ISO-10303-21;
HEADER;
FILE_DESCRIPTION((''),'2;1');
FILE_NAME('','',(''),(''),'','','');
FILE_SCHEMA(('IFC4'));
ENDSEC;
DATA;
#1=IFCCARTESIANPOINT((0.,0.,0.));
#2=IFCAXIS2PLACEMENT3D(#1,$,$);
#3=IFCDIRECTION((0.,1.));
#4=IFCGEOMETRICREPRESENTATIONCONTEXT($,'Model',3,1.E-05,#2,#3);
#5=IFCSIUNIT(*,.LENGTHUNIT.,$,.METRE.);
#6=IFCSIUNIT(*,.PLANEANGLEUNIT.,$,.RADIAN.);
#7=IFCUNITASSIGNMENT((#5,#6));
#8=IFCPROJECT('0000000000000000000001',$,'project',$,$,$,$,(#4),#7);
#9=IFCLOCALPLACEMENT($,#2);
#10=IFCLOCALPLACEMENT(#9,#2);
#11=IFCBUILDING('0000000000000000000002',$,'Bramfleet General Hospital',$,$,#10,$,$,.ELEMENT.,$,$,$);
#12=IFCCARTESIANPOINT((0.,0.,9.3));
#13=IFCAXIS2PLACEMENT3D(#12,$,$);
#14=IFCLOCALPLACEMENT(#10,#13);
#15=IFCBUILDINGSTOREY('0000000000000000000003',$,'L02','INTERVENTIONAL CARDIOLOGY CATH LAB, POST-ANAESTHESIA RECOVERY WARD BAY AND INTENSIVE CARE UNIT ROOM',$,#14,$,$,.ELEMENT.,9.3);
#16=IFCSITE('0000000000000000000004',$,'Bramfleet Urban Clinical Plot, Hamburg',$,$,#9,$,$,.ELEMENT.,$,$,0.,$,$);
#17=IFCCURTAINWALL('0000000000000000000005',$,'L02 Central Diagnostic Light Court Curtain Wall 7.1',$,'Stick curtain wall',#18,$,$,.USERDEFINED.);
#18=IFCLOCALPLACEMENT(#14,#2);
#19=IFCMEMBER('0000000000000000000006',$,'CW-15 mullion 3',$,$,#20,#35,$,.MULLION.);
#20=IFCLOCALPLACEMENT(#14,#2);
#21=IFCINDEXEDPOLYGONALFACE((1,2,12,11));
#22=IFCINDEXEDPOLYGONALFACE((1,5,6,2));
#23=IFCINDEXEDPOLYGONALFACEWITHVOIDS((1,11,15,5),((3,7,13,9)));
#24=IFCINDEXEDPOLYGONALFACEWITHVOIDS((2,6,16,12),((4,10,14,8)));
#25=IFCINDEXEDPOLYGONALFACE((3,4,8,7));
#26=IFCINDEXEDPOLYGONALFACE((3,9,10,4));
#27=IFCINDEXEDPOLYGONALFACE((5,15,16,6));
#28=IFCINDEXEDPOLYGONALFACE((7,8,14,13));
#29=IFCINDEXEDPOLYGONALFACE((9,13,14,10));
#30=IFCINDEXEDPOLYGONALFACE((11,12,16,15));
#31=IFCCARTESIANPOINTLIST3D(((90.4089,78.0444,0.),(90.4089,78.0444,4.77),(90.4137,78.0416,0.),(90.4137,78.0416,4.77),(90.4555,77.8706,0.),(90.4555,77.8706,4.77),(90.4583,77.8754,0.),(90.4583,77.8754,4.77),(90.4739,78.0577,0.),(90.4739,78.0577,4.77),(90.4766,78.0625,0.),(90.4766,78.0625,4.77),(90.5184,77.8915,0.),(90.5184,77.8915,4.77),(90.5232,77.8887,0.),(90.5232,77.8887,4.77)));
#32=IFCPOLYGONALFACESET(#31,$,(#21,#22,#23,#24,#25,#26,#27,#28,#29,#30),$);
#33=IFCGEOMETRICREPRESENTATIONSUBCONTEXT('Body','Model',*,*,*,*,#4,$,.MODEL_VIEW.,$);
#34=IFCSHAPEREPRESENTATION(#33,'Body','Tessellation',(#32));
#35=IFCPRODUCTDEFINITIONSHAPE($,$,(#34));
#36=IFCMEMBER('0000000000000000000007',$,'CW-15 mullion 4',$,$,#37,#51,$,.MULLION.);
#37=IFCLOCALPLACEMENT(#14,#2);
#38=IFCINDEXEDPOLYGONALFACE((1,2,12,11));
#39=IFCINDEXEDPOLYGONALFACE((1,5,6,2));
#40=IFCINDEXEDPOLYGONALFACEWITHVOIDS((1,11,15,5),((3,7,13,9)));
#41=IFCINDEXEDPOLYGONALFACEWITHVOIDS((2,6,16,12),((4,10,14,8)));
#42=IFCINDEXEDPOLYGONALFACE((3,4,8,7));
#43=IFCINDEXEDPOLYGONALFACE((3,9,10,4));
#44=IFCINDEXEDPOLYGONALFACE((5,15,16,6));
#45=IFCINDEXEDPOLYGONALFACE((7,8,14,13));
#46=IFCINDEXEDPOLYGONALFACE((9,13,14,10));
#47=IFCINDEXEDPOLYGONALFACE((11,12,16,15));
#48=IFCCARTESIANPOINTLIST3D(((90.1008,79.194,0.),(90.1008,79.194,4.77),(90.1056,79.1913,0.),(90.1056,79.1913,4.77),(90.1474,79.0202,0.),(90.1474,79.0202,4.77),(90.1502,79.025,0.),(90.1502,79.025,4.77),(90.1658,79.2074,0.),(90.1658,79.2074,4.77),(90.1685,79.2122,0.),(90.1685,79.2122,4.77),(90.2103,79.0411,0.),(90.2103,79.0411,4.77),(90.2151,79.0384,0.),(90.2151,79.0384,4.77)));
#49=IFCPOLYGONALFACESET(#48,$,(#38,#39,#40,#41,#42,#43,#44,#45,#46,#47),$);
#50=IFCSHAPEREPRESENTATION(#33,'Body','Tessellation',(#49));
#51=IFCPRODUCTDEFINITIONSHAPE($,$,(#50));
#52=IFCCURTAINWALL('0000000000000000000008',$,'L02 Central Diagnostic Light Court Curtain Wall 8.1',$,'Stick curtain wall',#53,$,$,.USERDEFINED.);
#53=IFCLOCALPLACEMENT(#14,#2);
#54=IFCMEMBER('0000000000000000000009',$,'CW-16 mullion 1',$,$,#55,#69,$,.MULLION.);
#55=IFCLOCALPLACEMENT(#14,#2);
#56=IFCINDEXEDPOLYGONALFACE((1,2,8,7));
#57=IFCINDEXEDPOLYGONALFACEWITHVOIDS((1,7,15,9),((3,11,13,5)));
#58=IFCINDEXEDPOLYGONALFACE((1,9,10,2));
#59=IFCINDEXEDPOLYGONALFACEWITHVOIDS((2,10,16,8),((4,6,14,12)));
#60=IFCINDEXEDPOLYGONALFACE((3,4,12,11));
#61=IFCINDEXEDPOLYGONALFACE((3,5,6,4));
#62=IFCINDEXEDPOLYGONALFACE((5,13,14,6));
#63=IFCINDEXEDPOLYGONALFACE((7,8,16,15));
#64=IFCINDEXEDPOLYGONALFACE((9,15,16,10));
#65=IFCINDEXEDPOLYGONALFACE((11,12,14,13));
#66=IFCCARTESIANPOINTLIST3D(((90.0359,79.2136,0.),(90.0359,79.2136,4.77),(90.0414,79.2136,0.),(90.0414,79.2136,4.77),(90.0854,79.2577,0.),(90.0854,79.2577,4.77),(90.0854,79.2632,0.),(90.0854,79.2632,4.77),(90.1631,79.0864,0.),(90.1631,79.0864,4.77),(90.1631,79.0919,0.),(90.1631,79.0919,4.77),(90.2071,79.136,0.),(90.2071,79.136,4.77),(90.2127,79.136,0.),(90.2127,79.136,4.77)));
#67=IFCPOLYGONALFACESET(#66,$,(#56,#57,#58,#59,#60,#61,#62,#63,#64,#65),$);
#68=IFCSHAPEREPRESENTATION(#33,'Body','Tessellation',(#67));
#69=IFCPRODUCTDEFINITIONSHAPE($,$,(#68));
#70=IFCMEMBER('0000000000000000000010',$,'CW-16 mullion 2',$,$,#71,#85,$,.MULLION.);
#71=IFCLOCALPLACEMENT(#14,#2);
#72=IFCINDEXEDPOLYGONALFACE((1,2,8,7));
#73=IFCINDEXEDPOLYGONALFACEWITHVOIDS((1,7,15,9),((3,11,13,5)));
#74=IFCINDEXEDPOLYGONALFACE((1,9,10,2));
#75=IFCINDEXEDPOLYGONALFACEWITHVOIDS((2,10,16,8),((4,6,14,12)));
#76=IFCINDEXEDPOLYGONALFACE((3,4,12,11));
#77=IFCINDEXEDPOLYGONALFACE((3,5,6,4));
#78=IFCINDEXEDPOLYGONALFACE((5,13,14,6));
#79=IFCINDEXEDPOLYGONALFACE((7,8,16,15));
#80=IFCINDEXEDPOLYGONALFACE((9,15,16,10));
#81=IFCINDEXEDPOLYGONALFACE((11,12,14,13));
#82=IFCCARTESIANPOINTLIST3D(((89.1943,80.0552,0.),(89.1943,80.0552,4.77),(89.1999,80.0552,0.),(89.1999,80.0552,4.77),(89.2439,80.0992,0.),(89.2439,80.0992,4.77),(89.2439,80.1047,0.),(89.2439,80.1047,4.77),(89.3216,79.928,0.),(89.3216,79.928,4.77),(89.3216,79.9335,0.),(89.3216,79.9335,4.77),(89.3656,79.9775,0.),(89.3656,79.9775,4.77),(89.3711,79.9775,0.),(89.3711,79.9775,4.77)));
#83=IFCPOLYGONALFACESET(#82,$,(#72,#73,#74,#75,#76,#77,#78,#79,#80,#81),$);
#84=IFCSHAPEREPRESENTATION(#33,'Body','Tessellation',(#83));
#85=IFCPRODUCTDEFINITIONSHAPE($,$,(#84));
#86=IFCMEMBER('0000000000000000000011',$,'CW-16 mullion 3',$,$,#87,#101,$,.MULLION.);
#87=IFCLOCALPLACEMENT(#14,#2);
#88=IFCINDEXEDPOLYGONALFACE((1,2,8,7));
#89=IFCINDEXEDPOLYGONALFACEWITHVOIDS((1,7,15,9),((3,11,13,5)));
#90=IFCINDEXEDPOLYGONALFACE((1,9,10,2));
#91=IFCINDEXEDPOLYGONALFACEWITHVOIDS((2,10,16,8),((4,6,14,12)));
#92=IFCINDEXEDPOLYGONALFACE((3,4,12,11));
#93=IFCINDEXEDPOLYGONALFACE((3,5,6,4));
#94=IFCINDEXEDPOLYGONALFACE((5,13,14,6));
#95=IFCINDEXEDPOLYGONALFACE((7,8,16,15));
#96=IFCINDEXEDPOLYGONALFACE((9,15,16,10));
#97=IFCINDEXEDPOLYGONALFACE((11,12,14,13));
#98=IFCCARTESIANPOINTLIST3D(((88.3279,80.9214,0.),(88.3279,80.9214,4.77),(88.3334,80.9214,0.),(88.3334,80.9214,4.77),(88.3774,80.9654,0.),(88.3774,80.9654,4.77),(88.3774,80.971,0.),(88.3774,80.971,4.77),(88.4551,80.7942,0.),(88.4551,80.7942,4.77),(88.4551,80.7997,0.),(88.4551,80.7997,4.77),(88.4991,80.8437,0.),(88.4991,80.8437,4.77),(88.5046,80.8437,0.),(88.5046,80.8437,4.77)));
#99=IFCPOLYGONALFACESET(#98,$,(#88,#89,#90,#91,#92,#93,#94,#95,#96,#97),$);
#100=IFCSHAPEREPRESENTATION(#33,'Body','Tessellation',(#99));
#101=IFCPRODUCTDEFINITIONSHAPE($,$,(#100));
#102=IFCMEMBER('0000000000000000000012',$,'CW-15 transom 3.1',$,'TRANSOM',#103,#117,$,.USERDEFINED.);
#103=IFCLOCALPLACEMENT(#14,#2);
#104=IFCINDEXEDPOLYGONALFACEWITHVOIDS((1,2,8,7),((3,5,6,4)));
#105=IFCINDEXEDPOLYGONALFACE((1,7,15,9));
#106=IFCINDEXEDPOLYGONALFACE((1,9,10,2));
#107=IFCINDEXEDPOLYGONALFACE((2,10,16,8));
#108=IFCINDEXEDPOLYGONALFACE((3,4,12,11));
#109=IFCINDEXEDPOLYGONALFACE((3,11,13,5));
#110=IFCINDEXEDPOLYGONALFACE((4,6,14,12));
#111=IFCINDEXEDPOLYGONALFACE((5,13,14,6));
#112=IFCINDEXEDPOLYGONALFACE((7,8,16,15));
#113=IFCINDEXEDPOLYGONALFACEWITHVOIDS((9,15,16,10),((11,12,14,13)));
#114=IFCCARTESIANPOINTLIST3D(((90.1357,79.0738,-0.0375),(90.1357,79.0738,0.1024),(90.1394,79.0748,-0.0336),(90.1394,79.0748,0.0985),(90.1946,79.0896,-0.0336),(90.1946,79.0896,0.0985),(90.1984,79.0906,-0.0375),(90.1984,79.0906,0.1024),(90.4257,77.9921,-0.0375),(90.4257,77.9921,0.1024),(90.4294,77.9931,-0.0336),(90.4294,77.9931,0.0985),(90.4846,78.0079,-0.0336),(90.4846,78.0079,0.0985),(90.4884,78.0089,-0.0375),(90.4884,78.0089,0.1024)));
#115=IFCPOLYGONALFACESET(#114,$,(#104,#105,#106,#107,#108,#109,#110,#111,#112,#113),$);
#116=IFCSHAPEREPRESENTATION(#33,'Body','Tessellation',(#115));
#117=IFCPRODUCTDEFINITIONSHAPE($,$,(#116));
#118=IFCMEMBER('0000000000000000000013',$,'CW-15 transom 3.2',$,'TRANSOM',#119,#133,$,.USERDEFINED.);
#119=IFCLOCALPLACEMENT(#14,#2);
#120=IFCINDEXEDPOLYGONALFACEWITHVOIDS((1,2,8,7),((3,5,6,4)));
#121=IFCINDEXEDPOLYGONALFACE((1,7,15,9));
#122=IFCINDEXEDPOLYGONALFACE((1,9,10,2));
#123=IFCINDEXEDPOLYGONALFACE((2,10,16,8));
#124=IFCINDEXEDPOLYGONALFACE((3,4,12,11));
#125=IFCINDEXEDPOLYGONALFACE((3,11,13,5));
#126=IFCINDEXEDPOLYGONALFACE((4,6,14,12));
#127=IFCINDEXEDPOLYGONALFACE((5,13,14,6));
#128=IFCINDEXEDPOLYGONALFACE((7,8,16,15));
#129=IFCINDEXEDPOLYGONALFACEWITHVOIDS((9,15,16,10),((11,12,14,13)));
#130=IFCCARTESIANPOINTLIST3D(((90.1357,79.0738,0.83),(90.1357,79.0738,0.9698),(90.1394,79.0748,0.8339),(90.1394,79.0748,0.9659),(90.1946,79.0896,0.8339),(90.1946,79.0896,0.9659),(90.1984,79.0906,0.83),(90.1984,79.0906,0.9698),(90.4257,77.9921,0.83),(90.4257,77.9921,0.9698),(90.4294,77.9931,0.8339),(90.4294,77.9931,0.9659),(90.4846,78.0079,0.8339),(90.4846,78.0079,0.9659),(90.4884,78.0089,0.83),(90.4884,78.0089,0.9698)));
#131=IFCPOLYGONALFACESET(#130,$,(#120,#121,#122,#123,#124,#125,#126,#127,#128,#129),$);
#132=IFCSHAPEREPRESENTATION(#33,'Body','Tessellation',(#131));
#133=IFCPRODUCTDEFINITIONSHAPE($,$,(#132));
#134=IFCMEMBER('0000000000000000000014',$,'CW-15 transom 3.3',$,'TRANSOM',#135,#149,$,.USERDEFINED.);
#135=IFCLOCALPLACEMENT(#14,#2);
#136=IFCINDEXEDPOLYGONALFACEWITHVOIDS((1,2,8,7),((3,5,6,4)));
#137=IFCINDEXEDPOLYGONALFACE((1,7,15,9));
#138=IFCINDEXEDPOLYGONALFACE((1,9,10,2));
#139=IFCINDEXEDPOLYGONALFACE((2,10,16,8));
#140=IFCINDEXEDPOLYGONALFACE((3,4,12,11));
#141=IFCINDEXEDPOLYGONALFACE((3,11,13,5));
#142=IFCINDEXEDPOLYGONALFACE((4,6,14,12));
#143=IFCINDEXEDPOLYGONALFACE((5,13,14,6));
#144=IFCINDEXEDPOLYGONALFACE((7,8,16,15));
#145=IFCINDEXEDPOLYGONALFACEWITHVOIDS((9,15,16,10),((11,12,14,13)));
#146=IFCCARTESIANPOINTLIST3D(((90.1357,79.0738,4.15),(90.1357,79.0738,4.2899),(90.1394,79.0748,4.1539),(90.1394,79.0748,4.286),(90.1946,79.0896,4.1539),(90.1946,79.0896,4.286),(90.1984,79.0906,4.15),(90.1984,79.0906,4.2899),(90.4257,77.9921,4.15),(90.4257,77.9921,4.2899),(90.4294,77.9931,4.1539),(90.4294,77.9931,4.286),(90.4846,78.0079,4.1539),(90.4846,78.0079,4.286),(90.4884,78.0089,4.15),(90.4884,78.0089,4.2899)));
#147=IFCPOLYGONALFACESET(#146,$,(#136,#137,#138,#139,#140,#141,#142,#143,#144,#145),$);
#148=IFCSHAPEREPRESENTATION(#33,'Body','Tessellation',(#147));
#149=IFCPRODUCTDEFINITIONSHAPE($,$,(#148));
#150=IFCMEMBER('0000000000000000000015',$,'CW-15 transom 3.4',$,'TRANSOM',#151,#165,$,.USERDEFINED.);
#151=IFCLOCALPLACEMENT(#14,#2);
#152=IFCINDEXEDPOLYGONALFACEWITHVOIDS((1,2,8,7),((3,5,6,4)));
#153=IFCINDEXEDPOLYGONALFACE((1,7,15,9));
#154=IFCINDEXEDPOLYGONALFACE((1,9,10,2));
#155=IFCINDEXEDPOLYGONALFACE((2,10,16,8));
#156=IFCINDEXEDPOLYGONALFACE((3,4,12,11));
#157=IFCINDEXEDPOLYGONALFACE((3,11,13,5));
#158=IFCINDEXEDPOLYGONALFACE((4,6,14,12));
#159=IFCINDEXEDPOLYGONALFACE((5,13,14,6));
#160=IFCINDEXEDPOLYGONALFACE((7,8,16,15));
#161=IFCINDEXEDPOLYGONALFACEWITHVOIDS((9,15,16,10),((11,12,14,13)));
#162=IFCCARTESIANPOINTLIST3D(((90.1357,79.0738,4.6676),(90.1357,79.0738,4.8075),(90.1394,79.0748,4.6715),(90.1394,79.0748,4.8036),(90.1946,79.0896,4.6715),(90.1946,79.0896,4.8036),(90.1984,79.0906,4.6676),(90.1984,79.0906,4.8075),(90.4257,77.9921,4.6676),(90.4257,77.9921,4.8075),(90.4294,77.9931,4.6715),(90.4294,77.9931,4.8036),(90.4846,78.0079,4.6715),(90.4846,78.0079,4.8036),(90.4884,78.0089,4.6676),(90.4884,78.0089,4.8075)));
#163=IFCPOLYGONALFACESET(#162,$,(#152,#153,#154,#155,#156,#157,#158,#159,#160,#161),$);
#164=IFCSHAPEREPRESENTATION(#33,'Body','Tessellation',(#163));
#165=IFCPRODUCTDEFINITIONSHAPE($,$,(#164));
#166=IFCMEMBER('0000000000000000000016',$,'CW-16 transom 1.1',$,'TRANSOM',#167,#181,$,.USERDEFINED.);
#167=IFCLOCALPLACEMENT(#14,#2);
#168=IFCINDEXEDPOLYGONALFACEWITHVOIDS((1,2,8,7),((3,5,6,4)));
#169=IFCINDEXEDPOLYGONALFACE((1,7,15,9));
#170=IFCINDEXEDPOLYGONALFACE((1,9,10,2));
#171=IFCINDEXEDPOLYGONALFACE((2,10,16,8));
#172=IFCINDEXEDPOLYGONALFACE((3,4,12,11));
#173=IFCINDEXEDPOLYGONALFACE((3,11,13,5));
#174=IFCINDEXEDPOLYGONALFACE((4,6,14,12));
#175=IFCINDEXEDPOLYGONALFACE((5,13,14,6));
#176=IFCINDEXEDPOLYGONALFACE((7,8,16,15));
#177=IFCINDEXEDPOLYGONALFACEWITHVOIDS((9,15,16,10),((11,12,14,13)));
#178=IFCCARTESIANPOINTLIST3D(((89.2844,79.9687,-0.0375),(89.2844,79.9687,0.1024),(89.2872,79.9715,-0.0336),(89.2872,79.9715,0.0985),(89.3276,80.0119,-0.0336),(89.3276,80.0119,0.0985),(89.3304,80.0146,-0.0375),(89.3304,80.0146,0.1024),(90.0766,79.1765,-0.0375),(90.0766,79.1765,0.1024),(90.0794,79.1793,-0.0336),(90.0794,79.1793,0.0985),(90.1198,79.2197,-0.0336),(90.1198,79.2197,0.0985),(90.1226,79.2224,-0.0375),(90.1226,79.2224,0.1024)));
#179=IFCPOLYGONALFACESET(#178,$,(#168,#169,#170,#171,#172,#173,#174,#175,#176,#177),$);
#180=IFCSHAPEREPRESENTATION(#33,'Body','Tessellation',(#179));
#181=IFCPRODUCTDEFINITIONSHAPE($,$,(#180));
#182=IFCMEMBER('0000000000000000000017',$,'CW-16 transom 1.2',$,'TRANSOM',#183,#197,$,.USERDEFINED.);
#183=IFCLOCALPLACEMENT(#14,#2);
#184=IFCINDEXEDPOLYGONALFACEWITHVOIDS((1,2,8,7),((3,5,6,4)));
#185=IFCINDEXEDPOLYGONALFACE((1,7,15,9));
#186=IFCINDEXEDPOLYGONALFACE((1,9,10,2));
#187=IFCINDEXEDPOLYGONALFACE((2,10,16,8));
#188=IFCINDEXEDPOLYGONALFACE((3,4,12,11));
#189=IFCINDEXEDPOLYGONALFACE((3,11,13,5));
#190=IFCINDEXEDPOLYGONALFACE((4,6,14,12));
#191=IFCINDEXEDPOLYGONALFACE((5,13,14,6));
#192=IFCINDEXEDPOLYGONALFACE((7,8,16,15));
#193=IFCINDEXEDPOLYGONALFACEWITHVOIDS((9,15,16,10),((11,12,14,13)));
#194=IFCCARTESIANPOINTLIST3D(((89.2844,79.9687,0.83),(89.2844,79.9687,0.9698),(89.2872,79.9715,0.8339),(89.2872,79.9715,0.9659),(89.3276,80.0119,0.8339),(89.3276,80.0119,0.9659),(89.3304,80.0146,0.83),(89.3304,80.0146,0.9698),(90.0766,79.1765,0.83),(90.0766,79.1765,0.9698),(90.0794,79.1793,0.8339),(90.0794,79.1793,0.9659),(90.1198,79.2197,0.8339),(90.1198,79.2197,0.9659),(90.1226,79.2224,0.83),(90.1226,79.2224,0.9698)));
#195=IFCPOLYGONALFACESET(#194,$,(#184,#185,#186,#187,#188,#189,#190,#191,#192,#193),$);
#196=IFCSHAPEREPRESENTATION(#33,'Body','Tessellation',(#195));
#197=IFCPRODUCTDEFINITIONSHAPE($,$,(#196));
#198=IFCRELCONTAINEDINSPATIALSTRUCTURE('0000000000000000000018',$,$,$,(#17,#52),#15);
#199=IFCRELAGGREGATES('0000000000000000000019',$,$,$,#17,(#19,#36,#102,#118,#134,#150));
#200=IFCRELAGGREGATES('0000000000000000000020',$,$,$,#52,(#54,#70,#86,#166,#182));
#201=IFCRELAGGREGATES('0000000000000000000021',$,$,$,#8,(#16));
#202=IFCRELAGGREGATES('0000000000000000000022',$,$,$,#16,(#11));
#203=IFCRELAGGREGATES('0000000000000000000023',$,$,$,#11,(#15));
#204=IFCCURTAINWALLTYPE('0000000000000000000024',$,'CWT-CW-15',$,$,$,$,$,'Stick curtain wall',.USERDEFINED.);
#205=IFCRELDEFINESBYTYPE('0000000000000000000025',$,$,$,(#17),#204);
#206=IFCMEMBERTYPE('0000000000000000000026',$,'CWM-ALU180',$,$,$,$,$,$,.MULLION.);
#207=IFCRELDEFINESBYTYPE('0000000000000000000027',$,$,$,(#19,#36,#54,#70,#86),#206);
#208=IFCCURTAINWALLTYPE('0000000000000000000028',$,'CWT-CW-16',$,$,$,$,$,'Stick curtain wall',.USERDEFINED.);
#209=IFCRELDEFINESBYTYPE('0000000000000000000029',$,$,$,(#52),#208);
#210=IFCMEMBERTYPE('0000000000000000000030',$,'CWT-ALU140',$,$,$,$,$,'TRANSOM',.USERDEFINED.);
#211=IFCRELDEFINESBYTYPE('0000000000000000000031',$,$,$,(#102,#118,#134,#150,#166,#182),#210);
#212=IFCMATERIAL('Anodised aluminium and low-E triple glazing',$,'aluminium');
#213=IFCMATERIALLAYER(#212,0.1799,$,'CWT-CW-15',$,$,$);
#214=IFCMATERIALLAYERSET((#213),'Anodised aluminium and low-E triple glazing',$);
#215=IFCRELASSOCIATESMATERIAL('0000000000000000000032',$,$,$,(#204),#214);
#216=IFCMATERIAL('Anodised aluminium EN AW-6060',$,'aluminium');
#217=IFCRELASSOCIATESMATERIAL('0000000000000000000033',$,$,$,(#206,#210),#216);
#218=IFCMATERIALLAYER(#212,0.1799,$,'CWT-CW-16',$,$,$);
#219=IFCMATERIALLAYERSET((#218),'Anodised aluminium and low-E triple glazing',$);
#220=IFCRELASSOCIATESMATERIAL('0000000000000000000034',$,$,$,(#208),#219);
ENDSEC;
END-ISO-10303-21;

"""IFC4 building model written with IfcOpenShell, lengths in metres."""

from ifc_helpers import new_model, si_unit, direction, frame, origin, origin_2d, place, context, subcontext, project, spatial, hollow_rectangle, extrude, material, layer, layer_set, material_profile, profile_set, type_object, element, aggregate, save


model = new_model("IFC4")

# Units and contexts
model_context = context("Model", 3, precision=1e-05, world=origin(), true_north=direction((0.0, 1.0)))
body_context = subcontext(model_context, "Body", "Model", "MODEL_VIEW")
ifc_project = project(units=[si_unit("LENGTHUNIT", "METRE"), si_unit("PLANEANGLEUNIT", "RADIAN")], contexts=[model_context])

# Site, building, storey
site_placement = place(None, origin())
site = spatial("IfcSite", under=ifc_project, at=site_placement, Name="Bramfleet Urban Clinical Plot, Hamburg", CompositionType="ELEMENT", RefElevation=0.0)
building_placement = place(site_placement, origin())
building = spatial("IfcBuilding", under=site, at=building_placement, Name="Bramfleet General Hospital", CompositionType="ELEMENT")
storey_placement = place(building_placement, frame((0.0, 0.0, 9.3)))
storey = spatial("IfcBuildingStorey", under=building, at=storey_placement, Name="L02", Description="INTERVENTIONAL CARDIOLOGY CATH LAB, POST-ANAESTHESIA RECOVERY WARD BAY AND INTENSIVE CARE UNIT ROOM", CompositionType="ELEMENT", Elevation=9.3)

# Curtain walls, members
ifc_material_1 = material(Name="Anodised aluminium and low-E triple glazing", Category="aluminium")
ifc_layer_1 = layer(ifc_material_1, 0.1799, Name="CWT-CW-15")
ifc_layer_set_1 = layer_set([ifc_layer_1], Name="Anodised aluminium and low-E triple glazing")
curtain_wall_type_1 = type_object("IfcCurtainWallType", Name="CWT-CW-15", ElementType="Stick curtain wall", PredefinedType="USERDEFINED", material=ifc_layer_set_1)
curtain_wall_1_placement = place(storey_placement, origin())
curtain_wall_1 = element("IfcCurtainWall", 1, at=curtain_wall_1_placement, inside=storey, type_object=curtain_wall_type_1, Name="L02 Central Diagnostic Light Court Curtain Wall 7.1", ObjectType="Stick curtain wall", PredefinedType="USERDEFINED")
ifc_material_2 = material(Name="Anodised aluminium EN AW-6060", Category="aluminium")
ifc_material_profile_1 = material_profile(ifc_material_2, hollow_rectangle(XDim=0.0701, YDim=0.1799, WallThickness=0.0039, at=origin_2d()), Name="ALU 180x70x4.0")
ifc_profile_set_1 = profile_set([ifc_material_profile_1], Name="Anodised aluminium EN AW-6060")
member_type_1 = type_object("IfcMemberType", Name="CWM-ALU180", PredefinedType="MULLION", material=ifc_profile_set_1)
member_1_placement = place(storey_placement, frame((90.4661, 77.9666, 0.0), z_axis=(0.0, 0.0, 1.0), x_axis=(-0.965941, -0.258763, 0.0)))
member_1 = element("IfcMember", 2, at=member_1_placement, type_object=member_type_1, Name="CW-15 mullion 3", PredefinedType="MULLION", context=body_context, shape_type="SweptSolid", body=[
    extrude(hollow_rectangle(XDim=0.0701, YDim=0.1799, WallThickness=0.0039, at=origin_2d()), origin(), (0.0, 0.0, 1.0), 4.77),
])
member_2_placement = place(storey_placement, frame((90.158, 79.1162, 0.0), z_axis=(0.0, 0.0, 1.0), x_axis=(-0.965941, -0.258763, 0.0)))
member_2 = element("IfcMember", 3, at=member_2_placement, type_object=member_type_1, Name="CW-15 mullion 4", PredefinedType="MULLION", context=body_context, shape_type="SweptSolid", body=[
    extrude(hollow_rectangle(XDim=0.0701, YDim=0.1799, WallThickness=0.0039, at=origin_2d()), origin(), (0.0, 0.0, 1.0), 4.77),
])
ifc_layer_2 = layer(ifc_material_1, 0.1799, Name="CWT-CW-16")
ifc_layer_set_2 = layer_set([ifc_layer_2], Name="Anodised aluminium and low-E triple glazing")
curtain_wall_type_2 = type_object("IfcCurtainWallType", Name="CWT-CW-16", ElementType="Stick curtain wall", PredefinedType="USERDEFINED", material=ifc_layer_set_2)
curtain_wall_2_placement = place(storey_placement, origin())
curtain_wall_2 = element("IfcCurtainWall", 4, at=curtain_wall_2_placement, inside=storey, type_object=curtain_wall_type_2, Name="L02 Central Diagnostic Light Court Curtain Wall 8.1", ObjectType="Stick curtain wall", PredefinedType="USERDEFINED")
member_3_placement = place(storey_placement, frame((90.1243, 79.1748, 0.0), z_axis=(0.0, 0.0, 1.0), x_axis=(-0.707107, -0.707107, 0.0)))
member_3 = element("IfcMember", 5, at=member_3_placement, type_object=member_type_1, Name="CW-16 mullion 1", PredefinedType="MULLION", context=body_context, shape_type="SweptSolid", body=[
    extrude(hollow_rectangle(XDim=0.0701, YDim=0.1799, WallThickness=0.0039, at=origin_2d()), origin(), (0.0, 0.0, 1.0), 4.77),
])
member_4_placement = place(storey_placement, frame((89.2827, 80.0164, 0.0), z_axis=(0.0, 0.0, 1.0), x_axis=(-0.707107, -0.707107, 0.0)))
member_4 = element("IfcMember", 6, at=member_4_placement, type_object=member_type_1, Name="CW-16 mullion 2", PredefinedType="MULLION", context=body_context, shape_type="SweptSolid", body=[
    extrude(hollow_rectangle(XDim=0.0701, YDim=0.1799, WallThickness=0.0039, at=origin_2d()), origin(), (0.0, 0.0, 1.0), 4.77),
])
member_5_placement = place(storey_placement, frame((88.4163, 80.8826, 0.0), z_axis=(0.0, 0.0, 1.0), x_axis=(-0.707107, -0.707107, 0.0)))
member_5 = element("IfcMember", 7, at=member_5_placement, type_object=member_type_1, Name="CW-16 mullion 3", PredefinedType="MULLION", context=body_context, shape_type="SweptSolid", body=[
    extrude(hollow_rectangle(XDim=0.0701, YDim=0.1799, WallThickness=0.0039, at=origin_2d()), origin(), (0.0, 0.0, 1.0), 4.77),
])

# Members
ifc_material_profile_2 = material_profile(ifc_material_2, hollow_rectangle(XDim=0.0649, YDim=0.1399, WallThickness=0.0039, at=origin_2d()), Name="ALU 140x65x4.0")
ifc_profile_set_2 = profile_set([ifc_material_profile_2], Name="Anodised aluminium EN AW-6060")
member_type_2 = type_object("IfcMemberType", Name="CWT-ALU140", ElementType="TRANSOM", PredefinedType="USERDEFINED", material=ifc_profile_set_2)
member_6_placement = place(storey_placement, frame((90.457, 78.0005, 0.0325), z_axis=(-0.258965, 0.965887, 0.0), x_axis=(-0.965887, -0.258965, 0.0)))
member_6 = element("IfcMember", 8, at=member_6_placement, type_object=member_type_2, Name="CW-15 transom 3.1", ObjectType="TRANSOM", PredefinedType="USERDEFINED", context=body_context, shape_type="SweptSolid", body=[
    extrude(hollow_rectangle(XDim=0.0649, YDim=0.1399, WallThickness=0.0039, at=origin_2d()), origin(), (0.0, 0.0, 1.0), 1.1199),
])
member_7_placement = place(storey_placement, frame((90.457, 78.0005, 0.8999), z_axis=(-0.258965, 0.965887, 0.0), x_axis=(-0.965887, -0.258965, 0.0)))
member_7 = element("IfcMember", 9, at=member_7_placement, type_object=member_type_2, Name="CW-15 transom 3.2", ObjectType="TRANSOM", PredefinedType="USERDEFINED", context=body_context, shape_type="SweptSolid", body=[
    extrude(hollow_rectangle(XDim=0.0649, YDim=0.1399, WallThickness=0.0039, at=origin_2d()), origin(), (0.0, 0.0, 1.0), 1.1199),
])
member_8_placement = place(storey_placement, frame((90.457, 78.0005, 4.22), z_axis=(-0.258965, 0.965887, 0.0), x_axis=(-0.965887, -0.258965, 0.0)))
member_8 = element("IfcMember", 10, at=member_8_placement, type_object=member_type_2, Name="CW-15 transom 3.3", ObjectType="TRANSOM", PredefinedType="USERDEFINED", context=body_context, shape_type="SweptSolid", body=[
    extrude(hollow_rectangle(XDim=0.0649, YDim=0.1399, WallThickness=0.0039, at=origin_2d()), origin(), (0.0, 0.0, 1.0), 1.1199),
])
member_9_placement = place(storey_placement, frame((90.457, 78.0005, 4.7375), z_axis=(-0.258965, 0.965887, 0.0), x_axis=(-0.965887, -0.258965, 0.0)))
member_9 = element("IfcMember", 11, at=member_9_placement, type_object=member_type_2, Name="CW-15 transom 3.4", ObjectType="TRANSOM", PredefinedType="USERDEFINED", context=body_context, shape_type="SweptSolid", body=[
    extrude(hollow_rectangle(XDim=0.0649, YDim=0.1399, WallThickness=0.0039, at=origin_2d()), origin(), (0.0, 0.0, 1.0), 1.1199),
])
member_10_placement = place(storey_placement, frame((90.0996, 79.1995, 0.0325), z_axis=(-0.707107, 0.707107, 0.0), x_axis=(-0.707107, -0.707107, 0.0)))
member_10 = element("IfcMember", 12, at=member_10_placement, type_object=member_type_2, Name="CW-16 transom 1.1", ObjectType="TRANSOM", PredefinedType="USERDEFINED", context=body_context, shape_type="SweptSolid", body=[
    extrude(hollow_rectangle(XDim=0.0649, YDim=0.1399, WallThickness=0.0039, at=origin_2d()), origin(), (0.0, 0.0, 1.0), 1.1204),
])
member_11_placement = place(storey_placement, frame((90.0996, 79.1995, 0.8999), z_axis=(-0.707107, 0.707107, 0.0), x_axis=(-0.707107, -0.707107, 0.0)))
member_11 = element("IfcMember", 13, at=member_11_placement, type_object=member_type_2, Name="CW-16 transom 1.2", ObjectType="TRANSOM", PredefinedType="USERDEFINED", context=body_context, shape_type="SweptSolid", body=[
    extrude(hollow_rectangle(XDim=0.0649, YDim=0.1399, WallThickness=0.0039, at=origin_2d()), origin(), (0.0, 0.0, 1.0), 1.1204),
])

aggregate(curtain_wall_1, [member_1, member_2, member_6, member_7, member_8, member_9])
aggregate(curtain_wall_2, [member_3, member_4, member_5, member_10, member_11])

save(model, "model.ifc")
